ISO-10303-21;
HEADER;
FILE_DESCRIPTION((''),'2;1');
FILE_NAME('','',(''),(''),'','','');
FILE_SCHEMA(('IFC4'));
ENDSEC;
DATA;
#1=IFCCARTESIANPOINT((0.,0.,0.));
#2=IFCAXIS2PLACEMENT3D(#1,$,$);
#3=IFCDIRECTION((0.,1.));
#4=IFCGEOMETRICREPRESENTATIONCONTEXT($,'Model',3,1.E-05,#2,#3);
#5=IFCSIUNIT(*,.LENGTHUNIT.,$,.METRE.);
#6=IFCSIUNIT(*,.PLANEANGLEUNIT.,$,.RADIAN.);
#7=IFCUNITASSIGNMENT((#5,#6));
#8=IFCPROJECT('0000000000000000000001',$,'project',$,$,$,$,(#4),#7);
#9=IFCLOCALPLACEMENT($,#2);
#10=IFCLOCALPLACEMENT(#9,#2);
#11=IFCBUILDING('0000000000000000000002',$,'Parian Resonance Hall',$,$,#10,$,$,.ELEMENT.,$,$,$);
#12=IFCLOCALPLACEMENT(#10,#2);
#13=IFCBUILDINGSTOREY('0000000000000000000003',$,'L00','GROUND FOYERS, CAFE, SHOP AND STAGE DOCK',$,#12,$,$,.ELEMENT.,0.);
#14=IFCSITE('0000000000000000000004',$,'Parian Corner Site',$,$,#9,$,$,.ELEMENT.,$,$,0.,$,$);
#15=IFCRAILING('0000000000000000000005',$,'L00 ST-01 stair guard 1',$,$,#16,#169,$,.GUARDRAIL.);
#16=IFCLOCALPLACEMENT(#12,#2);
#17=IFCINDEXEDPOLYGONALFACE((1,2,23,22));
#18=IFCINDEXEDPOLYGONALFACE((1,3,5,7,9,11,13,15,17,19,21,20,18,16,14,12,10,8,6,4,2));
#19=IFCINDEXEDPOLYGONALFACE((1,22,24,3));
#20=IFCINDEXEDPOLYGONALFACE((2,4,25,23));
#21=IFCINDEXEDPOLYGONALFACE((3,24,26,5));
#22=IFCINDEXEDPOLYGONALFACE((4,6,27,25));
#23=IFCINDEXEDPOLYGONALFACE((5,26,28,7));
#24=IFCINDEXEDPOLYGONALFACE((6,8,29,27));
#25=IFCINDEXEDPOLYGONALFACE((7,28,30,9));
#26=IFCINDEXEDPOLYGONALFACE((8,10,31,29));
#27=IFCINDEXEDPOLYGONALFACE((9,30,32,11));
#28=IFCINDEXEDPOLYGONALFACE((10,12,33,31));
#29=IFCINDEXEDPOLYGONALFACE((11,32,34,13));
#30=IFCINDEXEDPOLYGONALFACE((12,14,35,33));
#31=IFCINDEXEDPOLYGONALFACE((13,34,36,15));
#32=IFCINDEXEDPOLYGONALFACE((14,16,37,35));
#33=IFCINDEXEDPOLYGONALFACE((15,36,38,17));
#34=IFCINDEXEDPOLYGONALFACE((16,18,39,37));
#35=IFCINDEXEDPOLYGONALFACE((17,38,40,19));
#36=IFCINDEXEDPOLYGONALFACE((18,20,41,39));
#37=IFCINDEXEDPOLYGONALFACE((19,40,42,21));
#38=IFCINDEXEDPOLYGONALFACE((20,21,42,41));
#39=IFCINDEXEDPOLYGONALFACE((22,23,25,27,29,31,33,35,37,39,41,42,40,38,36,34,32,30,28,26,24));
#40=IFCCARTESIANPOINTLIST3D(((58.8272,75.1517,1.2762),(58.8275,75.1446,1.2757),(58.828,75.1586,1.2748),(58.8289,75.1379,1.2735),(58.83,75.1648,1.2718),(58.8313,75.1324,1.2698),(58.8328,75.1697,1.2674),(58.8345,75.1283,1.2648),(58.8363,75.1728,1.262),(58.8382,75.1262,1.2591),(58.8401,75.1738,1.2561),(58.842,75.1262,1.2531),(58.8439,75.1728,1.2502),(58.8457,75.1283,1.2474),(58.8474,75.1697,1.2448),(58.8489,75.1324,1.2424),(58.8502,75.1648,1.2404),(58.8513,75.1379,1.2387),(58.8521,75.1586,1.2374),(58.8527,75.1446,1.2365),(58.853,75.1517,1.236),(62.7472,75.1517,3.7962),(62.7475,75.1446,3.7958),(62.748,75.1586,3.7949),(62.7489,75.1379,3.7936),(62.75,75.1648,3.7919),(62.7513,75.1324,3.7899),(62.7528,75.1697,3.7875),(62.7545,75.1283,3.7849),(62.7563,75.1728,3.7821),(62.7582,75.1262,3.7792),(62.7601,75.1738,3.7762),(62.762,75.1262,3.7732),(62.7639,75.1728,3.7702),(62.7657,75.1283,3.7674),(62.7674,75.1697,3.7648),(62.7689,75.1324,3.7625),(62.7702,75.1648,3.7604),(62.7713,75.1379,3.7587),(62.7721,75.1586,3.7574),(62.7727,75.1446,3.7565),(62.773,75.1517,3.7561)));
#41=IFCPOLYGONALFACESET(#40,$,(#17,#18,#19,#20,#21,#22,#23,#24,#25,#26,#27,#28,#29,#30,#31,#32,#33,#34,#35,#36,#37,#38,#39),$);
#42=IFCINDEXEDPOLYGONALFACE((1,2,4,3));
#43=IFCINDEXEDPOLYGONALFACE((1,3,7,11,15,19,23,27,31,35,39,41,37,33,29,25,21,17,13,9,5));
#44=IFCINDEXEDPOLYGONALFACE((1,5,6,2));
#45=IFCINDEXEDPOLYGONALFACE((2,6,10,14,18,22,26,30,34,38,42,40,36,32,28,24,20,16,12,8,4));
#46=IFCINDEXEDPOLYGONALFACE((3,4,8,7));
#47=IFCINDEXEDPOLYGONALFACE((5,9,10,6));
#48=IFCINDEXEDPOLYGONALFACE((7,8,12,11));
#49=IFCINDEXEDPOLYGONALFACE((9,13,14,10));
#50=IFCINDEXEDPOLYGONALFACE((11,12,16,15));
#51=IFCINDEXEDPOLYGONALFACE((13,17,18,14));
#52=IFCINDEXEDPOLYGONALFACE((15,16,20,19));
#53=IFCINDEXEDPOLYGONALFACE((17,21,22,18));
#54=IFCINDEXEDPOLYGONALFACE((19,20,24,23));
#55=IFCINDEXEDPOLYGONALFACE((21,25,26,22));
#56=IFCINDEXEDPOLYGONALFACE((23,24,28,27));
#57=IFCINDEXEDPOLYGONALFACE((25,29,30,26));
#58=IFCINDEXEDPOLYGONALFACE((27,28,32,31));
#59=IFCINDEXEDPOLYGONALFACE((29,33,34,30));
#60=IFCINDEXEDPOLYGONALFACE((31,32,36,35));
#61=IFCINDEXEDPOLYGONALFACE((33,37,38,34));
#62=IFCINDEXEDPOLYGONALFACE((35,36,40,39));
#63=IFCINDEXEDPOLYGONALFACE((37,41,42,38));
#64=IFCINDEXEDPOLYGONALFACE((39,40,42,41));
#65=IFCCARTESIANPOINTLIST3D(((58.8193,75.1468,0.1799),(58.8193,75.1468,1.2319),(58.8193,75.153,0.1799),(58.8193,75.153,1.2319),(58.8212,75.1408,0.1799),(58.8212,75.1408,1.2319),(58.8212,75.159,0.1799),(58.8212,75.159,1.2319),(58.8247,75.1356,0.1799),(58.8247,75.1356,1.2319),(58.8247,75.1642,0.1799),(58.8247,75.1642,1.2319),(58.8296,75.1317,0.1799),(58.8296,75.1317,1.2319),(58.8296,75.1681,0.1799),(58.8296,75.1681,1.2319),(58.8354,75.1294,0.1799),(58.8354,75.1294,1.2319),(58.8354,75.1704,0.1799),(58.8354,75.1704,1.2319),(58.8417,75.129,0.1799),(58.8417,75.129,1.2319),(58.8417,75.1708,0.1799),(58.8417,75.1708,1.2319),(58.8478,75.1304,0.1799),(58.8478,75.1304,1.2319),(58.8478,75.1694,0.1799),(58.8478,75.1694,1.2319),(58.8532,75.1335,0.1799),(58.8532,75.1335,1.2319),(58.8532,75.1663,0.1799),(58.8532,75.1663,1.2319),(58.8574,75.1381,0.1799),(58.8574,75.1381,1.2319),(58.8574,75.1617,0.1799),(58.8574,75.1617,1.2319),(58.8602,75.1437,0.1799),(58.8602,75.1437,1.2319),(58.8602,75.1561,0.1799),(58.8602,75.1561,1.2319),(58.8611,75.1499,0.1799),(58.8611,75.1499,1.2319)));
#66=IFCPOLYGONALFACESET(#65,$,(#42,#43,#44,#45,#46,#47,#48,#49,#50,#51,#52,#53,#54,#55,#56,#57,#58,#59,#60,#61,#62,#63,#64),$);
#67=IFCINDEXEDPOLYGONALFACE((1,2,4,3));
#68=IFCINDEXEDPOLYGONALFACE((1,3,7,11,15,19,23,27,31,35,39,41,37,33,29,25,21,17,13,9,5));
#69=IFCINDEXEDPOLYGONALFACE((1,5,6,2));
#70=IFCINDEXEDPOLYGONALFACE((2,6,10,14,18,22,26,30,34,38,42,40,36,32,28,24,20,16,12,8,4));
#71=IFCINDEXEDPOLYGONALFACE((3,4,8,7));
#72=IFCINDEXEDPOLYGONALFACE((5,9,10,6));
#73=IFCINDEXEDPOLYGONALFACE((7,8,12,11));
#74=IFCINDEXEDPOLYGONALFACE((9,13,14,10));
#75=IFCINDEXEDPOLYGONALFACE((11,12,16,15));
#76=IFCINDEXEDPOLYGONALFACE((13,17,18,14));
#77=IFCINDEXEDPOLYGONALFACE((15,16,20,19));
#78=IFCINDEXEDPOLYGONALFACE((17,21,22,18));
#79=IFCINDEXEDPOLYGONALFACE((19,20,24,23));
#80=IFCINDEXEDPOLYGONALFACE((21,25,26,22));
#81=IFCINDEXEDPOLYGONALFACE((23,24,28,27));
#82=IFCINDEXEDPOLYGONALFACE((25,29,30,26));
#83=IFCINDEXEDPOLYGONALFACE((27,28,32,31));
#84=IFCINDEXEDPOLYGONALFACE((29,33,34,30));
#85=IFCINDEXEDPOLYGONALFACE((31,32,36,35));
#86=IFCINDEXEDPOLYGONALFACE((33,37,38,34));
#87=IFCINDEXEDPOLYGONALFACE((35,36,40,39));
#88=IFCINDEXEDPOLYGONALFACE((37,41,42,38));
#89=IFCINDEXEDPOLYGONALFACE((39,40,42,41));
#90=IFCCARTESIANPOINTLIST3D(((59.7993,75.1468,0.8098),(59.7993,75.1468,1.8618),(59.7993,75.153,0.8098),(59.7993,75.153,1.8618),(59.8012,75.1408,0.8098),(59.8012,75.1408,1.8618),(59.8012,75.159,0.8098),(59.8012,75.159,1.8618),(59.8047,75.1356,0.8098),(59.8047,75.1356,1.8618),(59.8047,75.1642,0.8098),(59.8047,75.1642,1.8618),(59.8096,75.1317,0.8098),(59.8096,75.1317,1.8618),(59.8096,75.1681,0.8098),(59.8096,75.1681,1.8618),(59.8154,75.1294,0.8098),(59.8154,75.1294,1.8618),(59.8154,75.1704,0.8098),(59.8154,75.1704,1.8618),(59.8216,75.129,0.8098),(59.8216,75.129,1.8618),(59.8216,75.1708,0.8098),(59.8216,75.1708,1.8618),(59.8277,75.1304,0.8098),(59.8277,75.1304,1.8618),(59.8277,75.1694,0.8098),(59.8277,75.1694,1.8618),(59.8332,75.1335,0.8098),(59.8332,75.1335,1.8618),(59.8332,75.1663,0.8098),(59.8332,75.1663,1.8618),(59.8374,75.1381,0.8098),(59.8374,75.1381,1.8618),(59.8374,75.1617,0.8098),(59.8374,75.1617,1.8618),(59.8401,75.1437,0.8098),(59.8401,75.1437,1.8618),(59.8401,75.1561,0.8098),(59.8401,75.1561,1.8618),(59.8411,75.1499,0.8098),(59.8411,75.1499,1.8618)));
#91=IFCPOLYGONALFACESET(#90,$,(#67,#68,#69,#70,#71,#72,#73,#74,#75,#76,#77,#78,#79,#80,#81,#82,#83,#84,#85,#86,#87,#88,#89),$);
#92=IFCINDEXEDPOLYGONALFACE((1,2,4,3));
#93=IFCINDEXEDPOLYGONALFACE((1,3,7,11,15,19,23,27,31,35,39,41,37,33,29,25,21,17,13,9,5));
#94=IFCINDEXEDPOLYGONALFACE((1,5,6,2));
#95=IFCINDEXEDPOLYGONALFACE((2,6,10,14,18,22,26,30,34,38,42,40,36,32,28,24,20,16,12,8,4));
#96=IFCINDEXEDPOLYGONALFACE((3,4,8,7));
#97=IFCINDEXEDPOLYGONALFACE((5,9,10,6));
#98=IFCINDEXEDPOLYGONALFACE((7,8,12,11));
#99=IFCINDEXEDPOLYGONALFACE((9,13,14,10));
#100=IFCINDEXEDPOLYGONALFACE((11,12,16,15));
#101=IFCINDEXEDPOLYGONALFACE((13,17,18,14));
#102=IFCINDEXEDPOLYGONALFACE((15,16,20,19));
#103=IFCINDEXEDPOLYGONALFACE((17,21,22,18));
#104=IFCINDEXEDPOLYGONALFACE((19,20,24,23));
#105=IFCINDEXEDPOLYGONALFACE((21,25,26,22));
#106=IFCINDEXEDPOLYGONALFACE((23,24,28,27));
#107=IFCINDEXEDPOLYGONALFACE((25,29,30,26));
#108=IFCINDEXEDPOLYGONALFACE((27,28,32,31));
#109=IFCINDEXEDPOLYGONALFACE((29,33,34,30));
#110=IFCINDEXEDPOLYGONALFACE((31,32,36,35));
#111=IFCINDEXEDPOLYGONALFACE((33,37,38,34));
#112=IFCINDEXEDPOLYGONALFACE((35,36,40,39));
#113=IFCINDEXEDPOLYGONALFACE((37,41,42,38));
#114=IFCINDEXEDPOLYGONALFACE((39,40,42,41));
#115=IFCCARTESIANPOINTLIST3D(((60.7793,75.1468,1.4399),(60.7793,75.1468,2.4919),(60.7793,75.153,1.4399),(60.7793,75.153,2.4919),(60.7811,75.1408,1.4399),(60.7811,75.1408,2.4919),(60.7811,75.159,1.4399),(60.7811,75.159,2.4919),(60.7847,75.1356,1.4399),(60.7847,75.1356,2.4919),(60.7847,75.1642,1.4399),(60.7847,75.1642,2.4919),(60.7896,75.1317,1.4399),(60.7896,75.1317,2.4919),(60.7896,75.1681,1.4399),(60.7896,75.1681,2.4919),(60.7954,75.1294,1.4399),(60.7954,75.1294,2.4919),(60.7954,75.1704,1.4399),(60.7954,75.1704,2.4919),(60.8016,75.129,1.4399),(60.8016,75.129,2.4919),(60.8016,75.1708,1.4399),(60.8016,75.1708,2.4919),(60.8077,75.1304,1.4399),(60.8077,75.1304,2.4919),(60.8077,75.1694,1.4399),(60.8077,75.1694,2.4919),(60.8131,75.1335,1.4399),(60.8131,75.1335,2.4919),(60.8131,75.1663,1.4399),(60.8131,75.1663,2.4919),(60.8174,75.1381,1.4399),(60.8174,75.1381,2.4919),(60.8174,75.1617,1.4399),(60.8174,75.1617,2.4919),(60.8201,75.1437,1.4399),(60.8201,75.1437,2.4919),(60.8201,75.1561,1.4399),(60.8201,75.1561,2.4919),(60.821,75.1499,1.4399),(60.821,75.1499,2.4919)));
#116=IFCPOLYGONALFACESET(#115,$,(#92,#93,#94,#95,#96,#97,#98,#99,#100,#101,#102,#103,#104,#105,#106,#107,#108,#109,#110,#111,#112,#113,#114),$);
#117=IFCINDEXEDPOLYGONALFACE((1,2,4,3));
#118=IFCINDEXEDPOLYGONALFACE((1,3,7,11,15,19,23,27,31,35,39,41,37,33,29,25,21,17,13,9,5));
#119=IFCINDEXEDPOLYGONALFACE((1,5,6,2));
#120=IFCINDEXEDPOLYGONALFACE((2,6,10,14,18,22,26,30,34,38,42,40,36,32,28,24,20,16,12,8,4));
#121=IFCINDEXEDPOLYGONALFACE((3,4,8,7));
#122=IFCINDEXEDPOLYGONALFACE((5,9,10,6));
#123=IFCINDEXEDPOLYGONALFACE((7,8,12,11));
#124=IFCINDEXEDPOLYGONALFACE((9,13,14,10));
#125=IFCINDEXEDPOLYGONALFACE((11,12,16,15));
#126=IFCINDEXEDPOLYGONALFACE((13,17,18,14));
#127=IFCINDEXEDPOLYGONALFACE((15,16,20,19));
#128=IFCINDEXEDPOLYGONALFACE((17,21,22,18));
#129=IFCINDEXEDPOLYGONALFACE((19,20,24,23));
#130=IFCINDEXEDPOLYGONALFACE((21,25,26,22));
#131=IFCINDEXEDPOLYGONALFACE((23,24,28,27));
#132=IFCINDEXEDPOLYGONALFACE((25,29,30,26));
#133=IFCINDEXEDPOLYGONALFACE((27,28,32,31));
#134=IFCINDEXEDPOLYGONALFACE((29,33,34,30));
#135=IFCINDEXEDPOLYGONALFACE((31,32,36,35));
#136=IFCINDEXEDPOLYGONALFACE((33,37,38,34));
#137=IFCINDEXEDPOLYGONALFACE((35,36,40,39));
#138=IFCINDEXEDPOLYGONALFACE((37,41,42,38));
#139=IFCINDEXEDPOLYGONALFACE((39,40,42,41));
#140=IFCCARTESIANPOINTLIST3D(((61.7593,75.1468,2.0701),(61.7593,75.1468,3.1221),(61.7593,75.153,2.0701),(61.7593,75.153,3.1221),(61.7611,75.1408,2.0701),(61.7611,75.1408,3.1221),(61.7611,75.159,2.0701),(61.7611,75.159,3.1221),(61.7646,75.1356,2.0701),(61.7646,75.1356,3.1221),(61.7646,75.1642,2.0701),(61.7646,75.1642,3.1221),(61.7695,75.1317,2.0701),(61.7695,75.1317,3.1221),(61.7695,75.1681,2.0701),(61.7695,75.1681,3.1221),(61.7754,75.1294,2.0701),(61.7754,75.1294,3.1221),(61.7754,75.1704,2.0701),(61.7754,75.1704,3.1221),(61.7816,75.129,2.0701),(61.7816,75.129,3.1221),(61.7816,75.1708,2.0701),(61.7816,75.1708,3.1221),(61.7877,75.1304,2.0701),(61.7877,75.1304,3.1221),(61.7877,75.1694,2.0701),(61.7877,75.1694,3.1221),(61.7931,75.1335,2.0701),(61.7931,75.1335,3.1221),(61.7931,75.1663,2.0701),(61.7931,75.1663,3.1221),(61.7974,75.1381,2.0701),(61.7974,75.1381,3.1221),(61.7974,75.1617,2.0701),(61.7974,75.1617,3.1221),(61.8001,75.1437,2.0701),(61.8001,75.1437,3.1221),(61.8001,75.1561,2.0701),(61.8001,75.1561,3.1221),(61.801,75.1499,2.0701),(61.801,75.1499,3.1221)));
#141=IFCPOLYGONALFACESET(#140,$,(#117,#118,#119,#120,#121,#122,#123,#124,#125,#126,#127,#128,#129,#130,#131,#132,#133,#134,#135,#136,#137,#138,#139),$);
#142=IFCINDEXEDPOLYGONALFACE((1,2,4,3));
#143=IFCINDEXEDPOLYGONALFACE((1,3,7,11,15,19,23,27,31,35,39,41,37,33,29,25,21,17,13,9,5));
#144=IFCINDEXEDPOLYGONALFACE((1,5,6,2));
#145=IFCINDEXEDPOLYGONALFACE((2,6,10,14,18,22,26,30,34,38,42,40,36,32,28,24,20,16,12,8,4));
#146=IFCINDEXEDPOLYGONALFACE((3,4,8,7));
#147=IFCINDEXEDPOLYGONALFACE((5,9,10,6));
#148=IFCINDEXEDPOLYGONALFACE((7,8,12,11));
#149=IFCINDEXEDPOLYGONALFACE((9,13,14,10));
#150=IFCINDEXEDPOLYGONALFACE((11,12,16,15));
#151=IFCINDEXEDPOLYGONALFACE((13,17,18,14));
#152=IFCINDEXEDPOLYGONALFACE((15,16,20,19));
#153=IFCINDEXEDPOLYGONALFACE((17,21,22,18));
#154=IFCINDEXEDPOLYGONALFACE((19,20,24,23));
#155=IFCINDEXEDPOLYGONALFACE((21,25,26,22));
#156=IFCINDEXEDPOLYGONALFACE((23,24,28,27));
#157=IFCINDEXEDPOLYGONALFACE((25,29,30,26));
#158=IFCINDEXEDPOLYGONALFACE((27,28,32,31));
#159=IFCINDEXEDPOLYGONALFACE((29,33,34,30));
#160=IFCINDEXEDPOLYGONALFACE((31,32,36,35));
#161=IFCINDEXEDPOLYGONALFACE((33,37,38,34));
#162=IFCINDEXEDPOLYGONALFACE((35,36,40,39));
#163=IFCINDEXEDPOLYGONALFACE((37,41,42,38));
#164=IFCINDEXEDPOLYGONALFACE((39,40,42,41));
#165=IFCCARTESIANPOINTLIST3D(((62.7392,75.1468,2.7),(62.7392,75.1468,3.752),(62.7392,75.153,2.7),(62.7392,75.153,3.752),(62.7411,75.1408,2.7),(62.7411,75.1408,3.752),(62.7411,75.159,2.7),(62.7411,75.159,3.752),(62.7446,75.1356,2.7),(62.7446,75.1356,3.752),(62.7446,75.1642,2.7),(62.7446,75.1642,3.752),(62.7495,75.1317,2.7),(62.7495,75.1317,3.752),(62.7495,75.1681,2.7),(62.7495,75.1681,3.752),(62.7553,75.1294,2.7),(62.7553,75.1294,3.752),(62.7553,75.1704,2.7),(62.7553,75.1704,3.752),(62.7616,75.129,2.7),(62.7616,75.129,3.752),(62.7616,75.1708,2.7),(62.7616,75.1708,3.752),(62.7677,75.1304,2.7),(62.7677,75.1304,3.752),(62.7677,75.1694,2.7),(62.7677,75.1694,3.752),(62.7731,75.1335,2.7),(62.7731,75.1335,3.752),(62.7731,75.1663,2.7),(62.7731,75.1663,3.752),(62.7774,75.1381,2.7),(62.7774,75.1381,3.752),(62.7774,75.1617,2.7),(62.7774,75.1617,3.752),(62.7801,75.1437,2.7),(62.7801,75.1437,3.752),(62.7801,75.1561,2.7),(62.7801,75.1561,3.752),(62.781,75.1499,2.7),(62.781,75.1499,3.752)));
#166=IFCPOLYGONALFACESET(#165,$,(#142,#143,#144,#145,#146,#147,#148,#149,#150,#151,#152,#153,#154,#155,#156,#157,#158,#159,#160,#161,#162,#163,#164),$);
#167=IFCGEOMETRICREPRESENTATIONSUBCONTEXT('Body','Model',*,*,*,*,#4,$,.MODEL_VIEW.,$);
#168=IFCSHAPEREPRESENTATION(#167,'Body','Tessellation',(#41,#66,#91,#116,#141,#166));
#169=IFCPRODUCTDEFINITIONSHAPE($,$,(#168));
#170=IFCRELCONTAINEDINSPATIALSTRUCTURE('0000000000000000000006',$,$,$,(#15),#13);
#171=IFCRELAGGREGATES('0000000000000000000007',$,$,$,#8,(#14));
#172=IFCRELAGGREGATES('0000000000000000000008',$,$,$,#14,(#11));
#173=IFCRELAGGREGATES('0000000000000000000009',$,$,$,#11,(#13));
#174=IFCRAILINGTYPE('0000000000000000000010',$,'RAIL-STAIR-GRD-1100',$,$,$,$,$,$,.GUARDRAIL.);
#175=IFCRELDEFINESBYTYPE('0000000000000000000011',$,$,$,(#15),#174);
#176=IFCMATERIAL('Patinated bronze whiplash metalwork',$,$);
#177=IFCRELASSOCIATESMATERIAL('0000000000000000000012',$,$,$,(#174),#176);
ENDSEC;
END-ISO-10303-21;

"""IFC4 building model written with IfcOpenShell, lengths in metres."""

from ifc_helpers import new_model, si_unit, direction, frame, origin, origin_2d, place, context, subcontext, project, spatial, circle, extrude, material, type_object, element, save


model = new_model("IFC4")

# Units and contexts
model_context = context("Model", 3, precision=1e-05, world=origin(), true_north=direction((0.0, 1.0)))
body_context = subcontext(model_context, "Body", "Model", "MODEL_VIEW")
ifc_project = project(units=[si_unit("LENGTHUNIT", "METRE"), si_unit("PLANEANGLEUNIT", "RADIAN")], contexts=[model_context])

# Site, building, storey
site_placement = place(None, origin())
site = spatial("IfcSite", under=ifc_project, at=site_placement, Name="Parian Corner Site", CompositionType="ELEMENT", RefElevation=0.0)
building_placement = place(site_placement, origin())
building = spatial("IfcBuilding", under=site, at=building_placement, Name="Parian Resonance Hall", CompositionType="ELEMENT")
storey_placement = place(building_placement, origin())
storey = spatial("IfcBuildingStorey", under=building, at=storey_placement, Name="L00", Description="GROUND FOYERS, CAFE, SHOP AND STAGE DOCK", CompositionType="ELEMENT", Elevation=0.0)

# Railing
ifc_material_1 = material(Name="Patinated bronze whiplash metalwork")
railing_type_1 = type_object("IfcRailingType", Name="RAIL-STAIR-GRD-1100", PredefinedType="GUARDRAIL", material=ifc_material_1)
railing_1_placement = place(storey_placement, frame((58.8401, 75.1499, 0.1799)))
element("IfcRailing", 1, at=railing_1_placement, inside=storey, type_object=railing_type_1, Name="L00 ST-01 stair guard 1", PredefinedType="GUARDRAIL", context=body_context, shape_type="SweptSolid", body=[
    extrude(circle(Radius=0.0239, at=origin_2d()), frame((0.0, 0.0, 1.0762), z_axis=(0.841172, 0.0, 0.540768), x_axis=(0.0, 1.0, 0.0)), (0.0, 0.0, 1.0), 4.6602),
    extrude(circle(Radius=0.021, at=origin_2d()), origin(), (0.0, 0.0, 1.0), 1.052),
    extrude(circle(Radius=0.021, at=origin_2d()), frame((0.98, 0.0, 0.6299)), (0.0, 0.0, 1.0), 1.052),
    extrude(circle(Radius=0.021, at=origin_2d()), frame((1.96, 0.0, 1.26)), (0.0, 0.0, 1.0), 1.052),
    extrude(circle(Radius=0.021, at=origin_2d()), frame((2.9399, 0.0, 1.8901)), (0.0, 0.0, 1.0), 1.052),
    extrude(circle(Radius=0.021, at=origin_2d()), frame((3.9199, 0.0, 2.52)), (0.0, 0.0, 1.0), 1.052),
])

save(model, "model.ifc")
